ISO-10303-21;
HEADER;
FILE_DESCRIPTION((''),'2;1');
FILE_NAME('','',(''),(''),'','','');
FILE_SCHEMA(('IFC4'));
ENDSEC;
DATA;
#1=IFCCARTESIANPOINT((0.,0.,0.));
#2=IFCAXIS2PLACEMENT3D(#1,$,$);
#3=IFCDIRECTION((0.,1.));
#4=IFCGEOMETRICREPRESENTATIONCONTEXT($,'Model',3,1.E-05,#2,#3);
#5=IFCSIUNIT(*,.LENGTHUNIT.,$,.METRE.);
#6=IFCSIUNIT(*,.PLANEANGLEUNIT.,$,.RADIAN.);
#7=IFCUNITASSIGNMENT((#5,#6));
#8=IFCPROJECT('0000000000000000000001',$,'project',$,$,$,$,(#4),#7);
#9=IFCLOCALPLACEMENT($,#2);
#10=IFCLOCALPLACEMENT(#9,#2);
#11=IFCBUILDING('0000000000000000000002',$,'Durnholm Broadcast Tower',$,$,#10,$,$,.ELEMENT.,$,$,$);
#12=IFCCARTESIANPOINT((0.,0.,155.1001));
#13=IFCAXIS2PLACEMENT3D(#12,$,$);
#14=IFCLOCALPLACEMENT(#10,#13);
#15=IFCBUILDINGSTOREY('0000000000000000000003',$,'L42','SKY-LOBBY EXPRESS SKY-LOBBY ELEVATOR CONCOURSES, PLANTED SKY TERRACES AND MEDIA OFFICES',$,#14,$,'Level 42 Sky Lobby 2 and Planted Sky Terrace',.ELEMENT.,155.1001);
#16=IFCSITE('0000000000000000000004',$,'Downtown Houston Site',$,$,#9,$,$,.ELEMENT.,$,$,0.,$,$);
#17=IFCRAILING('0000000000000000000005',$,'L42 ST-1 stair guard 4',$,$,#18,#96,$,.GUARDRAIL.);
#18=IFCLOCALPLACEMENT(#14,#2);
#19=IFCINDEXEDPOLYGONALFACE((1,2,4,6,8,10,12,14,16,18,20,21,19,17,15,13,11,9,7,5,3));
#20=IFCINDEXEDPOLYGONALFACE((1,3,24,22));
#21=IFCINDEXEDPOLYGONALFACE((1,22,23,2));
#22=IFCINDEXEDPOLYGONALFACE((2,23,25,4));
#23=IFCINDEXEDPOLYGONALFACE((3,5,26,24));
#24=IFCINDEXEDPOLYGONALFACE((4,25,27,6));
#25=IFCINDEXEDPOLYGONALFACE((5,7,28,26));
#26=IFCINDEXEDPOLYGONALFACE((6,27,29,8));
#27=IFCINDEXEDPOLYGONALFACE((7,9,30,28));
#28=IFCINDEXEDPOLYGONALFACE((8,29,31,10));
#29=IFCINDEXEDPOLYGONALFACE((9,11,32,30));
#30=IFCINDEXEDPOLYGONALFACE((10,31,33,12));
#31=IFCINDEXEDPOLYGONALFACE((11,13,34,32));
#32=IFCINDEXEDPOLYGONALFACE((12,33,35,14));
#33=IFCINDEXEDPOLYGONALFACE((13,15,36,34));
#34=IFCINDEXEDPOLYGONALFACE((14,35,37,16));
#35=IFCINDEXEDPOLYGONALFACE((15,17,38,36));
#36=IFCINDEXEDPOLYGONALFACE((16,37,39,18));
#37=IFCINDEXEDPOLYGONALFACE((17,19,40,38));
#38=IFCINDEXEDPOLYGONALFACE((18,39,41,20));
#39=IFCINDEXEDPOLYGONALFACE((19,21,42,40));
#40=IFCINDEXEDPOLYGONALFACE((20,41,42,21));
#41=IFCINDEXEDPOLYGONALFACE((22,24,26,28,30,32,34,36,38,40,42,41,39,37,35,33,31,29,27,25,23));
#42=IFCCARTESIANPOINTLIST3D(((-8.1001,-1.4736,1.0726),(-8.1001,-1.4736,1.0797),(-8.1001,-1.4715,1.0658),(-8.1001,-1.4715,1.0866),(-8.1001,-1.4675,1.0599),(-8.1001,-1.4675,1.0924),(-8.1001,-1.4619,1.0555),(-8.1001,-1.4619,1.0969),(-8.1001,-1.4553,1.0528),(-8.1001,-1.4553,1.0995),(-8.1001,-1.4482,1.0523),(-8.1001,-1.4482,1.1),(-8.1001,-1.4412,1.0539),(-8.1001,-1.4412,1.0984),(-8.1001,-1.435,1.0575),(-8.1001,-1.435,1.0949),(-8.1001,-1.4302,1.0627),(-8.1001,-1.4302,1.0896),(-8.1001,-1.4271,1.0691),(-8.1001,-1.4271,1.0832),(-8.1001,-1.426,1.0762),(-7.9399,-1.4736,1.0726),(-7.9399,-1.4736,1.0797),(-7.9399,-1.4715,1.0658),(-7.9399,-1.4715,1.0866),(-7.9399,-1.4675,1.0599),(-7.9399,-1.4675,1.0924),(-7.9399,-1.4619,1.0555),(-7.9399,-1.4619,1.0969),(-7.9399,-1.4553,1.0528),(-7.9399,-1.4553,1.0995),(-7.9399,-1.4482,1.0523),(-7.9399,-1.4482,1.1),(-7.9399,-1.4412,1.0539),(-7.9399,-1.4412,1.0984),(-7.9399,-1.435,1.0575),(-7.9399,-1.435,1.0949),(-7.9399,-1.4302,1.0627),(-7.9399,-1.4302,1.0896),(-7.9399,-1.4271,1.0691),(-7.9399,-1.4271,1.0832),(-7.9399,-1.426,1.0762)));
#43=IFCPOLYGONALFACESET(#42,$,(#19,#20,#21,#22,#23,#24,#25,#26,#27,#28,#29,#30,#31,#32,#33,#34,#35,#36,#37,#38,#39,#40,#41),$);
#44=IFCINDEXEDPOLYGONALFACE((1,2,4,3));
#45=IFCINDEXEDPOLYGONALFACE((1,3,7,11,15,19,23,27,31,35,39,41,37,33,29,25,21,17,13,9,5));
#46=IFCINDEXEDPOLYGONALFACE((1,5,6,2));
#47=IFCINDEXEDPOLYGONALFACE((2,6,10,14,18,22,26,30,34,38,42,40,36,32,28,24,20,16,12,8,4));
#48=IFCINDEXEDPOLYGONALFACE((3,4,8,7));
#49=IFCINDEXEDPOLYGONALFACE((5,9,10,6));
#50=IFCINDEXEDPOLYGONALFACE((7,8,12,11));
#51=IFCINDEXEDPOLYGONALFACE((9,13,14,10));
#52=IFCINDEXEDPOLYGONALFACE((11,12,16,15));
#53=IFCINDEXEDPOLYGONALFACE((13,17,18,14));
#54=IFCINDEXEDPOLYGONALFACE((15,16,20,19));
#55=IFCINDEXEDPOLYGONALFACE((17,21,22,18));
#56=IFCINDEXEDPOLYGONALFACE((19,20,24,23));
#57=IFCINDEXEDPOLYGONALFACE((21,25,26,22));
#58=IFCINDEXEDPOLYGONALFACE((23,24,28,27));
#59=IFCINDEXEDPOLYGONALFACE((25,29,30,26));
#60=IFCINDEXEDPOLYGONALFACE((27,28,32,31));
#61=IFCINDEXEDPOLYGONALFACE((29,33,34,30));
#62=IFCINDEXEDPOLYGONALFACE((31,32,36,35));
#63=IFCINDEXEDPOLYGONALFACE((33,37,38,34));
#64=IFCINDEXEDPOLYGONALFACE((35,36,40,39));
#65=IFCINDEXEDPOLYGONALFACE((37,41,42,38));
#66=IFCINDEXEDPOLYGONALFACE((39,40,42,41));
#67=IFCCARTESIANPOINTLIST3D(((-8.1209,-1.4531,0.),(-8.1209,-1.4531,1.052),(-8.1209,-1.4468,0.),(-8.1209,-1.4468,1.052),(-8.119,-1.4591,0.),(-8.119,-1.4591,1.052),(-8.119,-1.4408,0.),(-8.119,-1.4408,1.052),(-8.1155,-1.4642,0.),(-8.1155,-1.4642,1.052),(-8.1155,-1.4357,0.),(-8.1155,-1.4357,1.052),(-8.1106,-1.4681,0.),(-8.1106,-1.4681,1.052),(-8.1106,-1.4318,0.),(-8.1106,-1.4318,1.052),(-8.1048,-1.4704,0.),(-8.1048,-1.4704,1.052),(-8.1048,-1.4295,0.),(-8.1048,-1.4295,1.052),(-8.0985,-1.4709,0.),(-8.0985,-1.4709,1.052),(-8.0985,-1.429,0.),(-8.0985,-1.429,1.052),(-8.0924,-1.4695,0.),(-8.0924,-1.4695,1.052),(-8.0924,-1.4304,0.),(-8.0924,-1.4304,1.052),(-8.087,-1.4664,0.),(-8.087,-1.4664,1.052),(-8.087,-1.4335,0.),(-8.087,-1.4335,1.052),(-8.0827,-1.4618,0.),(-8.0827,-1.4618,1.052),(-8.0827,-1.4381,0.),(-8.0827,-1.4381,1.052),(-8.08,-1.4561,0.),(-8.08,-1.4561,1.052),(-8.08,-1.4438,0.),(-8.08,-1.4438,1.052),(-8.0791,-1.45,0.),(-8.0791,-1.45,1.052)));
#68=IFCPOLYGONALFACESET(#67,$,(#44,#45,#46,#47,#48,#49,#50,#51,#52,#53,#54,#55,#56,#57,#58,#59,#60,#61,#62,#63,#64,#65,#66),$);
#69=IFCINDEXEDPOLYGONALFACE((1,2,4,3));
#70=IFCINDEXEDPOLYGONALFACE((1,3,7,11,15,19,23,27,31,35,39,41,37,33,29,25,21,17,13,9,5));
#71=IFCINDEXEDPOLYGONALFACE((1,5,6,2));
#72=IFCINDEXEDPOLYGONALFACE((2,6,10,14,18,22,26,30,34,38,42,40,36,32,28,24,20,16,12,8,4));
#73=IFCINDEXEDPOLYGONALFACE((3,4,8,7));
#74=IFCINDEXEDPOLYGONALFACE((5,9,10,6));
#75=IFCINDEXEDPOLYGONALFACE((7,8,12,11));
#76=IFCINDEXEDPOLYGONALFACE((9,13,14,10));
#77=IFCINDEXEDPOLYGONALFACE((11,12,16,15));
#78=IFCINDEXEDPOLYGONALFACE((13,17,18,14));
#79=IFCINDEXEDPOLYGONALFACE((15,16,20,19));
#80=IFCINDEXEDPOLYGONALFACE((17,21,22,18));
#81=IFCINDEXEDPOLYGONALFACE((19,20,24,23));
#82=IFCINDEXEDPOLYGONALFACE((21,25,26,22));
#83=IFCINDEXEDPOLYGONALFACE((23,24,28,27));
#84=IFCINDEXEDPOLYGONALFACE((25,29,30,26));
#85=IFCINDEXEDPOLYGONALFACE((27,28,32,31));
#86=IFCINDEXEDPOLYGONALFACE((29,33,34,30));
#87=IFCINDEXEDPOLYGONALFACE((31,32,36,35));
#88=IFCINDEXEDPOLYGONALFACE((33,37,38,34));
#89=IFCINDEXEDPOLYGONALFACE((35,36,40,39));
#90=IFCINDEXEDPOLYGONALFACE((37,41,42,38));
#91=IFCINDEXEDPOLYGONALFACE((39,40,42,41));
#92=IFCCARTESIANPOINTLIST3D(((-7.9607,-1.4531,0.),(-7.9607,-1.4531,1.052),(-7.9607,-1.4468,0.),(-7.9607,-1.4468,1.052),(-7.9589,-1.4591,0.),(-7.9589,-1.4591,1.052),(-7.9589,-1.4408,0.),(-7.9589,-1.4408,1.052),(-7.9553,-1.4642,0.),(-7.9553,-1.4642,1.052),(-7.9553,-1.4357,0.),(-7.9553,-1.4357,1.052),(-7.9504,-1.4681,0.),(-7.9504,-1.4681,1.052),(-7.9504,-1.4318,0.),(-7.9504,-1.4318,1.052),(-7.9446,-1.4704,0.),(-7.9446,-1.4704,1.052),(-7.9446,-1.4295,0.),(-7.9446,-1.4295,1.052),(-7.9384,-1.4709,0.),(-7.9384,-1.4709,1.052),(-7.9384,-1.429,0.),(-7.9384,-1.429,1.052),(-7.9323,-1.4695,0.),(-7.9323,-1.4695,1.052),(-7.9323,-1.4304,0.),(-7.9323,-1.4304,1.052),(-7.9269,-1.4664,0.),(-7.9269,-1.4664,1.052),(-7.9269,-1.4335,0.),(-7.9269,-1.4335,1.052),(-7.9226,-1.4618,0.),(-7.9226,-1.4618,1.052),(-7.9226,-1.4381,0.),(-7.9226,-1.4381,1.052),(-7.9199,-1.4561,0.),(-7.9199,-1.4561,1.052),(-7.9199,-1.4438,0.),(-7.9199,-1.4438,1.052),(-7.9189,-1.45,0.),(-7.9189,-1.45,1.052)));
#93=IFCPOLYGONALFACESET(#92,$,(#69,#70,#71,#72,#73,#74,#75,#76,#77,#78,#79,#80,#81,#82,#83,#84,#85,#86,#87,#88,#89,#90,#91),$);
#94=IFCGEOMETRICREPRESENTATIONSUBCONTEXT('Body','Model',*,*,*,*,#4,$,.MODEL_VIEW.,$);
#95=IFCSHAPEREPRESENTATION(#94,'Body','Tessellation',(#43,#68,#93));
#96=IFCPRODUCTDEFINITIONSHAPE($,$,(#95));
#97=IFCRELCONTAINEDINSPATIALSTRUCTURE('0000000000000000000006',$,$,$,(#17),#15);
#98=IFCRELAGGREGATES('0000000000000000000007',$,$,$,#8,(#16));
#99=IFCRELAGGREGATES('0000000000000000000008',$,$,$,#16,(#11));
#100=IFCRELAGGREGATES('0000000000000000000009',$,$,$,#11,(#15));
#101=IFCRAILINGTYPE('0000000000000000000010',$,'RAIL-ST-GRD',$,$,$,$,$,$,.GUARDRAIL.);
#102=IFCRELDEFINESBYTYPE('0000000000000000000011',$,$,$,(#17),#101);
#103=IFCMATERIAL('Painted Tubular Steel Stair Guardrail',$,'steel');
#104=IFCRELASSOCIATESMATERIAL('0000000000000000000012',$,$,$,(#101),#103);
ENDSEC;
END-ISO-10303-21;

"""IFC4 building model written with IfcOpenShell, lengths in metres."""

from ifc_helpers import new_model, si_unit, direction, frame, origin, origin_2d, place, context, subcontext, project, spatial, circle, extrude, material, type_object, element, save


model = new_model("IFC4")

# Units and contexts
model_context = context("Model", 3, precision=1e-05, world=origin(), true_north=direction((0.0, 1.0)))
body_context = subcontext(model_context, "Body", "Model", "MODEL_VIEW")
ifc_project = project(units=[si_unit("LENGTHUNIT", "METRE"), si_unit("PLANEANGLEUNIT", "RADIAN")], contexts=[model_context])

# Site, building, storey
site_placement = place(None, origin())
site = spatial("IfcSite", under=ifc_project, at=site_placement, Name="Downtown Houston Site", CompositionType="ELEMENT", RefElevation=0.0)
building_placement = place(site_placement, origin())
building = spatial("IfcBuilding", under=site, at=building_placement, Name="Durnholm Broadcast Tower", CompositionType="ELEMENT")
storey_placement = place(building_placement, frame((0.0, 0.0, 155.1001)))
storey = spatial("IfcBuildingStorey", under=building, at=storey_placement, Name="L42", Description="SKY-LOBBY EXPRESS SKY-LOBBY ELEVATOR CONCOURSES, PLANTED SKY TERRACES AND MEDIA OFFICES", LongName="Level 42 Sky Lobby 2 and Planted Sky Terrace", CompositionType="ELEMENT", Elevation=155.1001)

# Railing
ifc_material_1 = material(Name="Painted Tubular Steel Stair Guardrail", Category="steel")
railing_type_1 = type_object("IfcRailingType", Name="RAIL-ST-GRD", PredefinedType="GUARDRAIL", material=ifc_material_1)
railing_1_placement = place(storey_placement, frame((-8.1001, -1.45, 0.0)))
element("IfcRailing", 1, at=railing_1_placement, inside=storey, type_object=railing_type_1, Name="L42 ST-1 stair guard 4", PredefinedType="GUARDRAIL", context=body_context, shape_type="SweptSolid", body=[
    extrude(circle(Radius=0.0239, at=origin_2d()), frame((0.0, 0.0, 1.0762), z_axis=(1.0, 0.0, 0.0), x_axis=(0.0, 1.0, 0.0)), (0.0, 0.0, 1.0), 0.1602),
    extrude(circle(Radius=0.021, at=origin_2d()), origin(), (0.0, 0.0, 1.0), 1.052),
    extrude(circle(Radius=0.021, at=origin_2d()), frame((0.1602, 0.0, 0.0)), (0.0, 0.0, 1.0), 1.052),
])

save(model, "model.ifc")
